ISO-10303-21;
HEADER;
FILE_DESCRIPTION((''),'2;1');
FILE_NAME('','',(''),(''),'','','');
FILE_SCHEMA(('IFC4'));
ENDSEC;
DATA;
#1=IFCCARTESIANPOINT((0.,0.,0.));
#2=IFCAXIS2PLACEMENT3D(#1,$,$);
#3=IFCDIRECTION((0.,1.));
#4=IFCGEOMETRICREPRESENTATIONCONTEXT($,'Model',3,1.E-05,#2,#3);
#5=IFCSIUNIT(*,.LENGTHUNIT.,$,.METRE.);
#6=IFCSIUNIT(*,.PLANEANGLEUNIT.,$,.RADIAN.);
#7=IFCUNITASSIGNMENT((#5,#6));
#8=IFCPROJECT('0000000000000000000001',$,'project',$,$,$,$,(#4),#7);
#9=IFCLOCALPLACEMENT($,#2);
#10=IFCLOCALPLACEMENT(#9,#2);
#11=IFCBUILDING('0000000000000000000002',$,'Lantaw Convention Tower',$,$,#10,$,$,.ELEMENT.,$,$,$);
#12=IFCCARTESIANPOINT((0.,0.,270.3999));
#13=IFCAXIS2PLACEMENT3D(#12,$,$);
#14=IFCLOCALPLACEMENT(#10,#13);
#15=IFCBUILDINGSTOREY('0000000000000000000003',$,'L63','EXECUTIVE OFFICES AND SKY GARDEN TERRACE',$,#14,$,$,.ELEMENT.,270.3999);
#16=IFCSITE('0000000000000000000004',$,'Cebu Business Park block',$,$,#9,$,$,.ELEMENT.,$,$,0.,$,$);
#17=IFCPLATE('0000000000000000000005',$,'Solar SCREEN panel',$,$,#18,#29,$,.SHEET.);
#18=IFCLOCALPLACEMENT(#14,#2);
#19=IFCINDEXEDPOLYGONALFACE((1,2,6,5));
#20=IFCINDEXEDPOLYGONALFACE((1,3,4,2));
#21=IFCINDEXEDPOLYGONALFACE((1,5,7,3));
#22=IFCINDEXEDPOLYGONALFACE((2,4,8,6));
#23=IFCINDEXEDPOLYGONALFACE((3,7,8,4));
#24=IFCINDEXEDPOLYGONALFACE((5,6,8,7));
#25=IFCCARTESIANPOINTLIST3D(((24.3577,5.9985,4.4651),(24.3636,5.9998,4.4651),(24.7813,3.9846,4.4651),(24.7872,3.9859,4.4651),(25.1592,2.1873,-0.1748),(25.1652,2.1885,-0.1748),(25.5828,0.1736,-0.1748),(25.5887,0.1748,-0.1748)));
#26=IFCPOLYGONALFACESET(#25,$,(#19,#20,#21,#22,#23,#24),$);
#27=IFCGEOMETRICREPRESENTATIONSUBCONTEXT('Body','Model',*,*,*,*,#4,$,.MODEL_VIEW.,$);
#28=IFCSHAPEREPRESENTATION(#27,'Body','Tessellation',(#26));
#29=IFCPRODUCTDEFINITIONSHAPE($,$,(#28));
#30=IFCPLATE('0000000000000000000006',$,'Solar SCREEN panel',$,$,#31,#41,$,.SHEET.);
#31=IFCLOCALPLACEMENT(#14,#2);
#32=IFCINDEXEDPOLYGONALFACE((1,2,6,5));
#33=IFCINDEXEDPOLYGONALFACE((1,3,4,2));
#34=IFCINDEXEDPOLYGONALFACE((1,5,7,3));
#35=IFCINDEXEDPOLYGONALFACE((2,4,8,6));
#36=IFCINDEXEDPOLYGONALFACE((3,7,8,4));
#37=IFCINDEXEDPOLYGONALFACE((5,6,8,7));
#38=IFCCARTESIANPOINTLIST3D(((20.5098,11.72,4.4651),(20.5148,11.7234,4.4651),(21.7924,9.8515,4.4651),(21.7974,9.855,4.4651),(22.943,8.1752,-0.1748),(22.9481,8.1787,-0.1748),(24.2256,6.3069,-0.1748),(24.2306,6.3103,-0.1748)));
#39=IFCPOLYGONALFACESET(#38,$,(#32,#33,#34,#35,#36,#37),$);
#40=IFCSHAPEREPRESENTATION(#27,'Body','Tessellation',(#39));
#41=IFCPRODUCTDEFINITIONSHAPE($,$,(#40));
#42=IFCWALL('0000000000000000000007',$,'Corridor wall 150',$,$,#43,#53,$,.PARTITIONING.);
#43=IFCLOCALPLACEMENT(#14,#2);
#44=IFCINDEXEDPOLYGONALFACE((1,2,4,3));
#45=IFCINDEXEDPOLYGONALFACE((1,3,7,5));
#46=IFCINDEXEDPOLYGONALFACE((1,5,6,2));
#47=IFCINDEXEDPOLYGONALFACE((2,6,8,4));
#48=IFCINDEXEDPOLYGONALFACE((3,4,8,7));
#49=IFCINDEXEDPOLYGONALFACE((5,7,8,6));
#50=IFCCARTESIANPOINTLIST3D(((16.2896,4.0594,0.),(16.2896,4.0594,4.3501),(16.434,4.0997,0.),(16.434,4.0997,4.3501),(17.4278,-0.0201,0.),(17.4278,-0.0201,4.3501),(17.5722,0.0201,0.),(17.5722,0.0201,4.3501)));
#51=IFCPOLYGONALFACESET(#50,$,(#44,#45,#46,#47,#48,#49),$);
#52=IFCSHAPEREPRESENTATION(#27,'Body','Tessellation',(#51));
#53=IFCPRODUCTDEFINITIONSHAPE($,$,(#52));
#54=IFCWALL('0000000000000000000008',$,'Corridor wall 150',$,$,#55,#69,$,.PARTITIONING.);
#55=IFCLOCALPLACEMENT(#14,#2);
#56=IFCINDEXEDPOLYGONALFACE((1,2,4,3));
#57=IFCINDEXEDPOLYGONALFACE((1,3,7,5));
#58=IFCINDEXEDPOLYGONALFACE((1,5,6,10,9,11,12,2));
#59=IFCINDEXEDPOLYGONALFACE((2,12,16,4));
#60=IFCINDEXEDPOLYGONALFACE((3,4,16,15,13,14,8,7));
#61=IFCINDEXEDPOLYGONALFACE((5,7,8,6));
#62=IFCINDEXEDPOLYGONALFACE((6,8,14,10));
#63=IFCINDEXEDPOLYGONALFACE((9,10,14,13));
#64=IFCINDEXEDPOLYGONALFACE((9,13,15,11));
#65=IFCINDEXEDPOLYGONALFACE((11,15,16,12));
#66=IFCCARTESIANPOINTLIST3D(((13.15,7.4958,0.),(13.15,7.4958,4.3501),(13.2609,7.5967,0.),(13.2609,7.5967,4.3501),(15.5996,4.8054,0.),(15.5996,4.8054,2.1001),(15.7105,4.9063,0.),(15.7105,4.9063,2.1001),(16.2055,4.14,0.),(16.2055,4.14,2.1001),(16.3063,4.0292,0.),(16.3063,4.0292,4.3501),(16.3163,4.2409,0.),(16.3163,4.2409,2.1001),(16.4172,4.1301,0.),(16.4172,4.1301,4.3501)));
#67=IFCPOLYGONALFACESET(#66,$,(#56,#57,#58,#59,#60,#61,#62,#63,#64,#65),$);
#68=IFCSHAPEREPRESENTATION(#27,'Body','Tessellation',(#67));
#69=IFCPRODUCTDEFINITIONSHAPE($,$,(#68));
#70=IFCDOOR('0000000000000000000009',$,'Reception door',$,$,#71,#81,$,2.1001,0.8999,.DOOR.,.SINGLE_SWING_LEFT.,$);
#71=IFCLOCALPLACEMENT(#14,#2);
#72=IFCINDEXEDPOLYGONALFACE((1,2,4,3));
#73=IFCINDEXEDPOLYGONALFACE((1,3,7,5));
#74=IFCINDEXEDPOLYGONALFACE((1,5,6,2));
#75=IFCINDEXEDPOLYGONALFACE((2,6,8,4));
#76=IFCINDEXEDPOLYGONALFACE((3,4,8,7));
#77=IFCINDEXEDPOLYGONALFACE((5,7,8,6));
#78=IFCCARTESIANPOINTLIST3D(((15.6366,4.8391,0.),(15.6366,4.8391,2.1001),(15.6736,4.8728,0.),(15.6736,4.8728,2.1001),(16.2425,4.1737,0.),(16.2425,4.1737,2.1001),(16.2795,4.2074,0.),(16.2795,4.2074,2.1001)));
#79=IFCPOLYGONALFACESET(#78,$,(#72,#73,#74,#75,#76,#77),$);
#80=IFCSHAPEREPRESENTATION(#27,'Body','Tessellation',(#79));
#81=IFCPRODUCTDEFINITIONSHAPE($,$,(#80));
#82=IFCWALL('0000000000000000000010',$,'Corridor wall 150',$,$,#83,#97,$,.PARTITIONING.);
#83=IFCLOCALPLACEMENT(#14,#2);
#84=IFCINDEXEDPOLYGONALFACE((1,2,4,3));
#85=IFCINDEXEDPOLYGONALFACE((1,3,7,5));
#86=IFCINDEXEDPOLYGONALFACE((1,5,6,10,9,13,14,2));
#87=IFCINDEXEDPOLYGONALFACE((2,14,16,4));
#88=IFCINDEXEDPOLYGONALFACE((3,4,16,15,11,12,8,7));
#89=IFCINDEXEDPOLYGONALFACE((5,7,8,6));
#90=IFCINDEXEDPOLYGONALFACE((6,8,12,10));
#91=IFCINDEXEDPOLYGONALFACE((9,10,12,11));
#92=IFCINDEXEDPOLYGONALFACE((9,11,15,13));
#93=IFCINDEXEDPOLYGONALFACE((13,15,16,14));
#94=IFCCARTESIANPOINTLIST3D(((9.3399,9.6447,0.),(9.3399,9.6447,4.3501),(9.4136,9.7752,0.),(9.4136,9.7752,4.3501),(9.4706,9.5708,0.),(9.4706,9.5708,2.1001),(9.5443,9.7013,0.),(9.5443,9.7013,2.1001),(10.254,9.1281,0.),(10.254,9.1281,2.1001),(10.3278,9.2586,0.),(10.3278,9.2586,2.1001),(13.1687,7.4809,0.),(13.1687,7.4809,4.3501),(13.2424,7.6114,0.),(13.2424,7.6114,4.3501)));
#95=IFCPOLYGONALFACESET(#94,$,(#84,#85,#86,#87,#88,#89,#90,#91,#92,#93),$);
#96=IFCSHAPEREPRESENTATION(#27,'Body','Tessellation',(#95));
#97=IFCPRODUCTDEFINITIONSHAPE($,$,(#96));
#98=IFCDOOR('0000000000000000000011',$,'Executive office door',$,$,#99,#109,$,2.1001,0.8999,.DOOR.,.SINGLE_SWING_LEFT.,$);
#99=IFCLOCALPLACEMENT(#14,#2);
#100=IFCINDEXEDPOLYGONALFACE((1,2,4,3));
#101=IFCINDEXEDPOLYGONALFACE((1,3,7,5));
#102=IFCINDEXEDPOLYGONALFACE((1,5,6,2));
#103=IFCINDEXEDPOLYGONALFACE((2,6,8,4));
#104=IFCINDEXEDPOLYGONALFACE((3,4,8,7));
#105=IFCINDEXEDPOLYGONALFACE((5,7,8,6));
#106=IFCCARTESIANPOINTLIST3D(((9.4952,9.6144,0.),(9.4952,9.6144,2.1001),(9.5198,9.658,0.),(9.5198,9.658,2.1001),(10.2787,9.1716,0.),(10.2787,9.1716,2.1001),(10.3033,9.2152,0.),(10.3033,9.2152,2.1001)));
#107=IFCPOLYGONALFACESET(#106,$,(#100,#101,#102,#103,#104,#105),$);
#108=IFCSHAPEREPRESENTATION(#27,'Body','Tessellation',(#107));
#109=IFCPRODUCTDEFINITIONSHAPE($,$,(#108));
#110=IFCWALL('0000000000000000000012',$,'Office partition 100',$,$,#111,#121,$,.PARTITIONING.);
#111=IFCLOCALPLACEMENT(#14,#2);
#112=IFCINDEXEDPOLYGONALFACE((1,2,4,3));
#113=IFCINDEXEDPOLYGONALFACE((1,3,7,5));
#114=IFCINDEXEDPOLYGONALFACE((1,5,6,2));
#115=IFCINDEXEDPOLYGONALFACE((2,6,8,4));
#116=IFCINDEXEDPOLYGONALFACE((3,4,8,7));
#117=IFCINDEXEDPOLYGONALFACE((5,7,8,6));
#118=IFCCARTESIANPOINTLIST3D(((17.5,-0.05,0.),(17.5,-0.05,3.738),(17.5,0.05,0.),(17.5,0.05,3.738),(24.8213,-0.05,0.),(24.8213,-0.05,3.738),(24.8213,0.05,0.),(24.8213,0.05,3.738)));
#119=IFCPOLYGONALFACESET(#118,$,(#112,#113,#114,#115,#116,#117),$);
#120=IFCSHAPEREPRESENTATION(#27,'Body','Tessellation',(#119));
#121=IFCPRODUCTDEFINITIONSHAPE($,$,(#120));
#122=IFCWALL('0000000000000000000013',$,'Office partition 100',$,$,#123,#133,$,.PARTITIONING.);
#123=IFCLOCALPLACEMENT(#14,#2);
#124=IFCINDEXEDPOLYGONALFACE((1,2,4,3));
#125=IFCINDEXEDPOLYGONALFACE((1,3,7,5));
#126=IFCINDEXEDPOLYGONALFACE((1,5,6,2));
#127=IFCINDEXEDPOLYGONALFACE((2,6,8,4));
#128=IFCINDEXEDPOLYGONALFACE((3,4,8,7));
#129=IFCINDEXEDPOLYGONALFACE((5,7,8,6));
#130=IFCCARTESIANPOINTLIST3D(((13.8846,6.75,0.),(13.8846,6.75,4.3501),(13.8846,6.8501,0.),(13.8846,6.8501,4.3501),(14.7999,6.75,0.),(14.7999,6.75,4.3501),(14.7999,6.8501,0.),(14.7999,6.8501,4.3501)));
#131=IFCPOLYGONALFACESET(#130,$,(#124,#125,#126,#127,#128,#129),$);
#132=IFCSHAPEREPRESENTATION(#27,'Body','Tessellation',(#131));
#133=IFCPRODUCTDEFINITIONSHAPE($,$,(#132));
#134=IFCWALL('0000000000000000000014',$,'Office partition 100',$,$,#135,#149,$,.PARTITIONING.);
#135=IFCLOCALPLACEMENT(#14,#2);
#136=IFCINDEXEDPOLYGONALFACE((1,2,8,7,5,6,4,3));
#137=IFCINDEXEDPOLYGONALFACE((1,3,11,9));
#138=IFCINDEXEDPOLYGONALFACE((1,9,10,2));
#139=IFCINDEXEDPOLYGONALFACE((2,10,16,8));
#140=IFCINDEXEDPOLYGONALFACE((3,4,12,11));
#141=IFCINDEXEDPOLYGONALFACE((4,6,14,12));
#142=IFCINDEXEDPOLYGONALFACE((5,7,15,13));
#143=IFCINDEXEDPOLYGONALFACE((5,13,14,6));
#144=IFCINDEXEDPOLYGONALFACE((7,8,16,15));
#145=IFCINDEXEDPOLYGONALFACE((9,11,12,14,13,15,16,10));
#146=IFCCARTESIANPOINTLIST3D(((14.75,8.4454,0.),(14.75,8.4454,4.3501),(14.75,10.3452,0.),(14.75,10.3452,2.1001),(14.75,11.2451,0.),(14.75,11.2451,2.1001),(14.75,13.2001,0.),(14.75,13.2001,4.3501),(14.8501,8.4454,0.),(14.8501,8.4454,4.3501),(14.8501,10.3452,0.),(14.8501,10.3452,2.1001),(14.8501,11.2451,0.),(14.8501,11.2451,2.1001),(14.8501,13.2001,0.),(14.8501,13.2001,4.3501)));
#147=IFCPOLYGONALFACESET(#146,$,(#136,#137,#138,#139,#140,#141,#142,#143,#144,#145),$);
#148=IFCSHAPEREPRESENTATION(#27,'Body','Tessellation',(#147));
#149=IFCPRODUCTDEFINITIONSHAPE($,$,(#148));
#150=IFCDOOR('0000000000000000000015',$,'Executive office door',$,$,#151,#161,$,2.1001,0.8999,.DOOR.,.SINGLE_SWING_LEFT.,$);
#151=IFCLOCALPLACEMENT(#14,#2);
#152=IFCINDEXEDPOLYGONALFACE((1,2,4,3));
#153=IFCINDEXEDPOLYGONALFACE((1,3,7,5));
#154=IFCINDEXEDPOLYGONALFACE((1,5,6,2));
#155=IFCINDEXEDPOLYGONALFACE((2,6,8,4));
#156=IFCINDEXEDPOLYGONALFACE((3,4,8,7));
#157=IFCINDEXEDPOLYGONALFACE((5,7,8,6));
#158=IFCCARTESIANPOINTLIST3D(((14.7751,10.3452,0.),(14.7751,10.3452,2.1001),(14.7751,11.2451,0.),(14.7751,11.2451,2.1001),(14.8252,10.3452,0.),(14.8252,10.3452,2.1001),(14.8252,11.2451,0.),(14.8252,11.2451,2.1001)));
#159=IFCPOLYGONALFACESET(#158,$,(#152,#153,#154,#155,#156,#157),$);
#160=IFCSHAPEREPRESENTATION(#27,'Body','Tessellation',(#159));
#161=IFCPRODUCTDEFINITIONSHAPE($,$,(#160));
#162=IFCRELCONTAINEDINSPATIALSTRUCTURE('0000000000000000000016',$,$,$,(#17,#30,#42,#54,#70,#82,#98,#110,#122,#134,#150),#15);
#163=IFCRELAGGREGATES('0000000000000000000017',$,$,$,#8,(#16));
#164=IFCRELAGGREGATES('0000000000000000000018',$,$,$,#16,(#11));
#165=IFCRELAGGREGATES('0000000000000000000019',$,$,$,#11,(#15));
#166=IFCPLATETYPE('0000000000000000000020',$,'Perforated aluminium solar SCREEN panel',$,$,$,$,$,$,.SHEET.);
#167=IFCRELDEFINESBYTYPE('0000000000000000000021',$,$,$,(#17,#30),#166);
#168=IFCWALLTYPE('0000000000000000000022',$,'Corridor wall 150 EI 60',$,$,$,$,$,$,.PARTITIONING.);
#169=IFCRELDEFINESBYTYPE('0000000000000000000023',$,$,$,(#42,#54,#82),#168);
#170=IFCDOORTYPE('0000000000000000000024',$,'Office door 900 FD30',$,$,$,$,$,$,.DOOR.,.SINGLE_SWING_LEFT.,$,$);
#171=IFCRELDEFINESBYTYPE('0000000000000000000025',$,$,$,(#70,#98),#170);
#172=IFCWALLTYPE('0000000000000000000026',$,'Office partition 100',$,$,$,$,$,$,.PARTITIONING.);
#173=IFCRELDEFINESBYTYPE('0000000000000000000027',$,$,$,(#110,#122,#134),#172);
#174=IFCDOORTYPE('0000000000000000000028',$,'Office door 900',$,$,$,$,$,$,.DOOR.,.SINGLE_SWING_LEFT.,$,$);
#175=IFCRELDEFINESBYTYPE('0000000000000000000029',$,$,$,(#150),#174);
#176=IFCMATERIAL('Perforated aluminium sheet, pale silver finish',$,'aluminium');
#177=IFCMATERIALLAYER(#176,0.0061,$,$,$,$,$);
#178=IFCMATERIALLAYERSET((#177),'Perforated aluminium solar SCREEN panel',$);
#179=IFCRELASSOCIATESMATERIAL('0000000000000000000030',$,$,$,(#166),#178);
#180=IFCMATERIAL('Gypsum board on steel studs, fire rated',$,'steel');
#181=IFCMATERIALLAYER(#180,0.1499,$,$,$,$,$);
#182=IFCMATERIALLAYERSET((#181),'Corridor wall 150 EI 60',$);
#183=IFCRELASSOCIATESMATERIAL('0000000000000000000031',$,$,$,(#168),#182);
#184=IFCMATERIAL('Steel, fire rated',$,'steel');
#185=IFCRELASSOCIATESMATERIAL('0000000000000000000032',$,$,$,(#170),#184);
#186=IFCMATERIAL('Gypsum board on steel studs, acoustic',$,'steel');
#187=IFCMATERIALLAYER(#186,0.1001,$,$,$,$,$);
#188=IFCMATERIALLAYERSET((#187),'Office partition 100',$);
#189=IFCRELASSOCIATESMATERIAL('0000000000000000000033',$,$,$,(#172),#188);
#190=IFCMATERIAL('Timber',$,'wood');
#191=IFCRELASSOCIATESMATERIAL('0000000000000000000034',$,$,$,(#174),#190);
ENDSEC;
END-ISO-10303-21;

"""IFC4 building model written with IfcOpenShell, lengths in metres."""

from ifc_helpers import new_model, si_unit, direction, frame, frame_2d, origin, place, context, subcontext, project, spatial, polyline, rectangle, outline, extrude, material, layer, layer_set, type_object, element, fill, save


model = new_model("IFC4")

# Units and contexts
model_context = context("Model", 3, precision=1e-05, world=origin(), true_north=direction((0.0, 1.0)))
body_context = subcontext(model_context, "Body", "Model", "MODEL_VIEW")
ifc_project = project(units=[si_unit("LENGTHUNIT", "METRE"), si_unit("PLANEANGLEUNIT", "RADIAN")], contexts=[model_context])

# Site, building, storey
site_placement = place(None, origin())
site = spatial("IfcSite", under=ifc_project, at=site_placement, Name="Cebu Business Park block", CompositionType="ELEMENT", RefElevation=0.0)
building_placement = place(site_placement, origin())
building = spatial("IfcBuilding", under=site, at=building_placement, Name="Lantaw Convention Tower", CompositionType="ELEMENT")
storey_placement = place(building_placement, frame((0.0, 0.0, 270.3999)))
storey = spatial("IfcBuildingStorey", under=building, at=storey_placement, Name="L63", Description="EXECUTIVE OFFICES AND SKY GARDEN TERRACE", CompositionType="ELEMENT", Elevation=270.3999)

# Plates
ifc_material_1 = material(Name="Perforated aluminium sheet, pale silver finish", Category="aluminium")
ifc_layer_1 = layer(ifc_material_1, 0.0061)
ifc_layer_set_1 = layer_set([ifc_layer_1], Name="Perforated aluminium solar SCREEN panel")
plate_type_1 = type_object("IfcPlateType", Name="Perforated aluminium solar SCREEN panel", PredefinedType="SHEET", material=ifc_layer_set_1)
plate_1_placement = place(storey_placement, frame((25.5828, 0.1736, -0.1748), z_axis=(-0.978586, -0.205837, 0.000027), x_axis=(-0.205837, 0.978586, 0.0)))
element("IfcPlate", 1, at=plate_1_placement, inside=storey, type_object=plate_type_1, Name="Solar SCREEN panel", PredefinedType="SHEET", context=body_context, shape_type="SweptSolid", body=[
    extrude(outline(polyline([(0.0, 0.0), (2.0577, 0.0), (5.9524, -4.6399), (3.8944, -4.6399), (0.0, 0.0)])), origin(), (0.0, 0.0, -1.0), 0.0061),
])
plate_2_placement = place(storey_placement, frame((24.2256, 6.3069, -0.1748), z_axis=(-0.824441, -0.565948, 0.000011), x_axis=(-0.565948, 0.824441, 0.0)))
element("IfcPlate", 2, at=plate_2_placement, inside=storey, type_object=plate_type_1, Name="Solar SCREEN panel", PredefinedType="SHEET", context=body_context, shape_type="SweptSolid", body=[
    extrude(outline(polyline([(0.0, 0.0), (2.2662, 0.0), (6.5657, -4.6399), (4.2994, -4.6399), (0.0, 0.0)])), origin(), (0.0, 0.0, -1.0), 0.0061),
])

# Wall
ifc_material_2 = material(Name="Gypsum board on steel studs, fire rated", Category="steel")
ifc_layer_2 = layer(ifc_material_2, 0.1499)
ifc_layer_set_2 = layer_set([ifc_layer_2], Name="Corridor wall 150 EI 60")
wall_type_1 = type_object("IfcWallType", Name="Corridor wall 150 EI 60", PredefinedType="PARTITIONING", material=ifc_layer_set_2)
wall_1_placement = place(storey_placement, frame((17.5, 0.0, 0.0), z_axis=(0.0, 0.0, 1.0), x_axis=(-0.268732, 0.963215, 0.0)))
element("IfcWall", 3, at=wall_1_placement, inside=storey, type_object=wall_type_1, Name="Corridor wall 150", PredefinedType="PARTITIONING", context=body_context, shape_type="SweptSolid", body=[
    extrude(rectangle(XDim=4.2354, YDim=0.1499, at=frame_2d((2.1177, 0.0))), origin(), (0.0, 0.0, 1.0), 4.3501),
])

# Walls, openings, doors
wall_2_placement = place(storey_placement, frame((16.3618, 4.0796, 0.0), z_axis=(0.0, 0.0, 1.0), x_axis=(-0.673238, 0.739426, 0.0)))
wall_2 = element("IfcWall", 4, at=wall_2_placement, inside=storey, type_object=wall_type_1, Name="Corridor wall 150", PredefinedType="PARTITIONING", context=body_context, shape_type="SweptSolid", body=[
    extrude(rectangle(XDim=4.6882, YDim=0.1499, at=frame_2d((2.3442, 0.0))), origin(), (0.0, 0.0, 1.0), 4.3501),
])
opening_1_placement = place(wall_2_placement, frame((0.1499, 0.0, 0.0)))
opening_1 = element("IfcOpeningElement", 5, at=opening_1_placement, cuts=wall_2, PredefinedType="OPENING", context=body_context, shape_type="SweptSolid", body=[
    extrude(rectangle(XDim=0.8999, YDim=2.1001, at=frame_2d((0.45, 1.05))), frame((0.0, 0.085, 0.0), z_axis=(0.0, -1.0, 0.0), x_axis=(1.0, 0.0, 0.0)), (0.0, 0.0, 1.0), 0.1699),
])
ifc_material_3 = material(Name="Steel, fire rated", Category="steel")
door_type_1 = type_object("IfcDoorType", Name="Office door 900 FD30", OperationType="SINGLE_SWING_LEFT", PredefinedType="DOOR", material=ifc_material_3)
door_1_placement = place(opening_1_placement, origin())
door_1 = element("IfcDoor", 6, at=door_1_placement, inside=storey, type_object=door_type_1, Name="Reception door", OperationType="SINGLE_SWING_LEFT", OverallHeight=2.1001, OverallWidth=0.8999, PredefinedType="DOOR", context=body_context, shape_type="SweptSolid", body=[
    extrude(rectangle(XDim=0.8999, YDim=2.1001, at=frame_2d((0.45, 1.05))), frame((0.0, 0.0249, 0.0), z_axis=(0.0, -1.0, 0.0), x_axis=(1.0, 0.0, 0.0)), (0.0, 0.0, 1.0), 0.05),
])
fill(opening_1, door_1)
wall_3_placement = place(storey_placement, frame((13.2056, 7.5461, 0.0), z_axis=(0.0, 0.0, 1.0), x_axis=(-0.870594, 0.492002, 0.0)))
wall_3 = element("IfcWall", 7, at=wall_3_placement, inside=storey, type_object=wall_type_1, Name="Corridor wall 150", PredefinedType="PARTITIONING", context=body_context, shape_type="SweptSolid", body=[
    extrude(rectangle(XDim=4.3979, YDim=0.1499, at=frame_2d((2.199, 0.0))), origin(), (0.0, 0.0, 1.0), 4.3501),
])
opening_2_placement = place(wall_3_placement, frame((3.3479, 0.0, 0.0)))
opening_2 = element("IfcOpeningElement", 8, at=opening_2_placement, cuts=wall_3, PredefinedType="OPENING", context=body_context, shape_type="SweptSolid", body=[
    extrude(rectangle(XDim=0.8999, YDim=2.1001, at=frame_2d((0.45, 1.05))), frame((0.0, 0.085, 0.0), z_axis=(0.0, -1.0, 0.0), x_axis=(1.0, 0.0, 0.0)), (0.0, 0.0, 1.0), 0.1699),
])
door_2_placement = place(opening_2_placement, origin())
door_2 = element("IfcDoor", 9, at=door_2_placement, inside=storey, type_object=door_type_1, Name="Executive office door", OperationType="SINGLE_SWING_LEFT", OverallHeight=2.1001, OverallWidth=0.8999, PredefinedType="DOOR", context=body_context, shape_type="SweptSolid", body=[
    extrude(rectangle(XDim=0.8999, YDim=2.1001, at=frame_2d((0.45, 1.05))), frame((0.0, 0.0249, 0.0), z_axis=(0.0, -1.0, 0.0), x_axis=(1.0, 0.0, 0.0)), (0.0, 0.0, 1.0), 0.05),
])
fill(opening_2, door_2)

# Walls
ifc_material_4 = material(Name="Gypsum board on steel studs, acoustic", Category="steel")
ifc_layer_3 = layer(ifc_material_4, 0.1001)
ifc_layer_set_3 = layer_set([ifc_layer_3], Name="Office partition 100")
wall_type_2 = type_object("IfcWallType", Name="Office partition 100", PredefinedType="PARTITIONING", material=ifc_layer_set_3)
wall_4_placement = place(storey_placement, frame((24.8213, 0.0, 0.0), z_axis=(0.0, 0.0, 1.0), x_axis=(-1.0, 0.0, 0.0)))
element("IfcWall", 10, at=wall_4_placement, inside=storey, type_object=wall_type_2, Name="Office partition 100", PredefinedType="PARTITIONING", context=body_context, shape_type="SweptSolid", body=[
    extrude(rectangle(XDim=7.3213, YDim=0.1001, at=frame_2d((3.6606, 0.0))), origin(), (0.0, 0.0, 1.0), 3.738),
])
wall_5_placement = place(storey_placement, frame((13.8848, 6.8, 0.0), z_axis=(0.0, 0.0, 1.0), x_axis=(1.0, 0.0, 0.0)))
element("IfcWall", 11, at=wall_5_placement, inside=storey, type_object=wall_type_2, Name="Office partition 100", PredefinedType="PARTITIONING", context=body_context, shape_type="SweptSolid", body=[
    extrude(rectangle(XDim=0.9153, YDim=0.1001, at=frame_2d((0.4575, 0.0))), origin(), (0.0, 0.0, 1.0), 4.3501),
])

# Wall, opening, door
wall_6_placement = place(storey_placement, frame((14.8, 8.4453, 0.0), z_axis=(0.0, 0.0, 1.0), x_axis=(0.0, 1.0, 0.0)))
wall_6 = element("IfcWall", 12, at=wall_6_placement, inside=storey, type_object=wall_type_2, Name="Office partition 100", PredefinedType="PARTITIONING", context=body_context, shape_type="SweptSolid", body=[
    extrude(rectangle(XDim=4.7546, YDim=0.1001, at=frame_2d((2.3774, 0.0))), origin(), (0.0, 0.0, 1.0), 4.3501),
])
opening_3_placement = place(wall_6_placement, frame((1.8999, 0.0, 0.0)))
opening_3 = element("IfcOpeningElement", 13, at=opening_3_placement, cuts=wall_6, PredefinedType="OPENING", context=body_context, shape_type="SweptSolid", body=[
    extrude(rectangle(XDim=0.8999, YDim=2.1001, at=frame_2d((0.45, 1.05))), frame((0.0, 0.0601, 0.0), z_axis=(0.0, -1.0, 0.0), x_axis=(1.0, 0.0, 0.0)), (0.0, 0.0, 1.0), 0.1201),
])
ifc_material_5 = material(Name="Timber", Category="wood")
door_type_2 = type_object("IfcDoorType", Name="Office door 900", OperationType="SINGLE_SWING_LEFT", PredefinedType="DOOR", material=ifc_material_5)
door_3_placement = place(opening_3_placement, origin())
door_3 = element("IfcDoor", 14, at=door_3_placement, inside=storey, type_object=door_type_2, Name="Executive office door", OperationType="SINGLE_SWING_LEFT", OverallHeight=2.1001, OverallWidth=0.8999, PredefinedType="DOOR", context=body_context, shape_type="SweptSolid", body=[
    extrude(rectangle(XDim=0.8999, YDim=2.1001, at=frame_2d((0.45, 1.05))), frame((0.0, 0.0249, 0.0), z_axis=(0.0, -1.0, 0.0), x_axis=(1.0, 0.0, 0.0)), (0.0, 0.0, 1.0), 0.05),
])
fill(opening_3, door_3)

save(model, "model.ifc")
